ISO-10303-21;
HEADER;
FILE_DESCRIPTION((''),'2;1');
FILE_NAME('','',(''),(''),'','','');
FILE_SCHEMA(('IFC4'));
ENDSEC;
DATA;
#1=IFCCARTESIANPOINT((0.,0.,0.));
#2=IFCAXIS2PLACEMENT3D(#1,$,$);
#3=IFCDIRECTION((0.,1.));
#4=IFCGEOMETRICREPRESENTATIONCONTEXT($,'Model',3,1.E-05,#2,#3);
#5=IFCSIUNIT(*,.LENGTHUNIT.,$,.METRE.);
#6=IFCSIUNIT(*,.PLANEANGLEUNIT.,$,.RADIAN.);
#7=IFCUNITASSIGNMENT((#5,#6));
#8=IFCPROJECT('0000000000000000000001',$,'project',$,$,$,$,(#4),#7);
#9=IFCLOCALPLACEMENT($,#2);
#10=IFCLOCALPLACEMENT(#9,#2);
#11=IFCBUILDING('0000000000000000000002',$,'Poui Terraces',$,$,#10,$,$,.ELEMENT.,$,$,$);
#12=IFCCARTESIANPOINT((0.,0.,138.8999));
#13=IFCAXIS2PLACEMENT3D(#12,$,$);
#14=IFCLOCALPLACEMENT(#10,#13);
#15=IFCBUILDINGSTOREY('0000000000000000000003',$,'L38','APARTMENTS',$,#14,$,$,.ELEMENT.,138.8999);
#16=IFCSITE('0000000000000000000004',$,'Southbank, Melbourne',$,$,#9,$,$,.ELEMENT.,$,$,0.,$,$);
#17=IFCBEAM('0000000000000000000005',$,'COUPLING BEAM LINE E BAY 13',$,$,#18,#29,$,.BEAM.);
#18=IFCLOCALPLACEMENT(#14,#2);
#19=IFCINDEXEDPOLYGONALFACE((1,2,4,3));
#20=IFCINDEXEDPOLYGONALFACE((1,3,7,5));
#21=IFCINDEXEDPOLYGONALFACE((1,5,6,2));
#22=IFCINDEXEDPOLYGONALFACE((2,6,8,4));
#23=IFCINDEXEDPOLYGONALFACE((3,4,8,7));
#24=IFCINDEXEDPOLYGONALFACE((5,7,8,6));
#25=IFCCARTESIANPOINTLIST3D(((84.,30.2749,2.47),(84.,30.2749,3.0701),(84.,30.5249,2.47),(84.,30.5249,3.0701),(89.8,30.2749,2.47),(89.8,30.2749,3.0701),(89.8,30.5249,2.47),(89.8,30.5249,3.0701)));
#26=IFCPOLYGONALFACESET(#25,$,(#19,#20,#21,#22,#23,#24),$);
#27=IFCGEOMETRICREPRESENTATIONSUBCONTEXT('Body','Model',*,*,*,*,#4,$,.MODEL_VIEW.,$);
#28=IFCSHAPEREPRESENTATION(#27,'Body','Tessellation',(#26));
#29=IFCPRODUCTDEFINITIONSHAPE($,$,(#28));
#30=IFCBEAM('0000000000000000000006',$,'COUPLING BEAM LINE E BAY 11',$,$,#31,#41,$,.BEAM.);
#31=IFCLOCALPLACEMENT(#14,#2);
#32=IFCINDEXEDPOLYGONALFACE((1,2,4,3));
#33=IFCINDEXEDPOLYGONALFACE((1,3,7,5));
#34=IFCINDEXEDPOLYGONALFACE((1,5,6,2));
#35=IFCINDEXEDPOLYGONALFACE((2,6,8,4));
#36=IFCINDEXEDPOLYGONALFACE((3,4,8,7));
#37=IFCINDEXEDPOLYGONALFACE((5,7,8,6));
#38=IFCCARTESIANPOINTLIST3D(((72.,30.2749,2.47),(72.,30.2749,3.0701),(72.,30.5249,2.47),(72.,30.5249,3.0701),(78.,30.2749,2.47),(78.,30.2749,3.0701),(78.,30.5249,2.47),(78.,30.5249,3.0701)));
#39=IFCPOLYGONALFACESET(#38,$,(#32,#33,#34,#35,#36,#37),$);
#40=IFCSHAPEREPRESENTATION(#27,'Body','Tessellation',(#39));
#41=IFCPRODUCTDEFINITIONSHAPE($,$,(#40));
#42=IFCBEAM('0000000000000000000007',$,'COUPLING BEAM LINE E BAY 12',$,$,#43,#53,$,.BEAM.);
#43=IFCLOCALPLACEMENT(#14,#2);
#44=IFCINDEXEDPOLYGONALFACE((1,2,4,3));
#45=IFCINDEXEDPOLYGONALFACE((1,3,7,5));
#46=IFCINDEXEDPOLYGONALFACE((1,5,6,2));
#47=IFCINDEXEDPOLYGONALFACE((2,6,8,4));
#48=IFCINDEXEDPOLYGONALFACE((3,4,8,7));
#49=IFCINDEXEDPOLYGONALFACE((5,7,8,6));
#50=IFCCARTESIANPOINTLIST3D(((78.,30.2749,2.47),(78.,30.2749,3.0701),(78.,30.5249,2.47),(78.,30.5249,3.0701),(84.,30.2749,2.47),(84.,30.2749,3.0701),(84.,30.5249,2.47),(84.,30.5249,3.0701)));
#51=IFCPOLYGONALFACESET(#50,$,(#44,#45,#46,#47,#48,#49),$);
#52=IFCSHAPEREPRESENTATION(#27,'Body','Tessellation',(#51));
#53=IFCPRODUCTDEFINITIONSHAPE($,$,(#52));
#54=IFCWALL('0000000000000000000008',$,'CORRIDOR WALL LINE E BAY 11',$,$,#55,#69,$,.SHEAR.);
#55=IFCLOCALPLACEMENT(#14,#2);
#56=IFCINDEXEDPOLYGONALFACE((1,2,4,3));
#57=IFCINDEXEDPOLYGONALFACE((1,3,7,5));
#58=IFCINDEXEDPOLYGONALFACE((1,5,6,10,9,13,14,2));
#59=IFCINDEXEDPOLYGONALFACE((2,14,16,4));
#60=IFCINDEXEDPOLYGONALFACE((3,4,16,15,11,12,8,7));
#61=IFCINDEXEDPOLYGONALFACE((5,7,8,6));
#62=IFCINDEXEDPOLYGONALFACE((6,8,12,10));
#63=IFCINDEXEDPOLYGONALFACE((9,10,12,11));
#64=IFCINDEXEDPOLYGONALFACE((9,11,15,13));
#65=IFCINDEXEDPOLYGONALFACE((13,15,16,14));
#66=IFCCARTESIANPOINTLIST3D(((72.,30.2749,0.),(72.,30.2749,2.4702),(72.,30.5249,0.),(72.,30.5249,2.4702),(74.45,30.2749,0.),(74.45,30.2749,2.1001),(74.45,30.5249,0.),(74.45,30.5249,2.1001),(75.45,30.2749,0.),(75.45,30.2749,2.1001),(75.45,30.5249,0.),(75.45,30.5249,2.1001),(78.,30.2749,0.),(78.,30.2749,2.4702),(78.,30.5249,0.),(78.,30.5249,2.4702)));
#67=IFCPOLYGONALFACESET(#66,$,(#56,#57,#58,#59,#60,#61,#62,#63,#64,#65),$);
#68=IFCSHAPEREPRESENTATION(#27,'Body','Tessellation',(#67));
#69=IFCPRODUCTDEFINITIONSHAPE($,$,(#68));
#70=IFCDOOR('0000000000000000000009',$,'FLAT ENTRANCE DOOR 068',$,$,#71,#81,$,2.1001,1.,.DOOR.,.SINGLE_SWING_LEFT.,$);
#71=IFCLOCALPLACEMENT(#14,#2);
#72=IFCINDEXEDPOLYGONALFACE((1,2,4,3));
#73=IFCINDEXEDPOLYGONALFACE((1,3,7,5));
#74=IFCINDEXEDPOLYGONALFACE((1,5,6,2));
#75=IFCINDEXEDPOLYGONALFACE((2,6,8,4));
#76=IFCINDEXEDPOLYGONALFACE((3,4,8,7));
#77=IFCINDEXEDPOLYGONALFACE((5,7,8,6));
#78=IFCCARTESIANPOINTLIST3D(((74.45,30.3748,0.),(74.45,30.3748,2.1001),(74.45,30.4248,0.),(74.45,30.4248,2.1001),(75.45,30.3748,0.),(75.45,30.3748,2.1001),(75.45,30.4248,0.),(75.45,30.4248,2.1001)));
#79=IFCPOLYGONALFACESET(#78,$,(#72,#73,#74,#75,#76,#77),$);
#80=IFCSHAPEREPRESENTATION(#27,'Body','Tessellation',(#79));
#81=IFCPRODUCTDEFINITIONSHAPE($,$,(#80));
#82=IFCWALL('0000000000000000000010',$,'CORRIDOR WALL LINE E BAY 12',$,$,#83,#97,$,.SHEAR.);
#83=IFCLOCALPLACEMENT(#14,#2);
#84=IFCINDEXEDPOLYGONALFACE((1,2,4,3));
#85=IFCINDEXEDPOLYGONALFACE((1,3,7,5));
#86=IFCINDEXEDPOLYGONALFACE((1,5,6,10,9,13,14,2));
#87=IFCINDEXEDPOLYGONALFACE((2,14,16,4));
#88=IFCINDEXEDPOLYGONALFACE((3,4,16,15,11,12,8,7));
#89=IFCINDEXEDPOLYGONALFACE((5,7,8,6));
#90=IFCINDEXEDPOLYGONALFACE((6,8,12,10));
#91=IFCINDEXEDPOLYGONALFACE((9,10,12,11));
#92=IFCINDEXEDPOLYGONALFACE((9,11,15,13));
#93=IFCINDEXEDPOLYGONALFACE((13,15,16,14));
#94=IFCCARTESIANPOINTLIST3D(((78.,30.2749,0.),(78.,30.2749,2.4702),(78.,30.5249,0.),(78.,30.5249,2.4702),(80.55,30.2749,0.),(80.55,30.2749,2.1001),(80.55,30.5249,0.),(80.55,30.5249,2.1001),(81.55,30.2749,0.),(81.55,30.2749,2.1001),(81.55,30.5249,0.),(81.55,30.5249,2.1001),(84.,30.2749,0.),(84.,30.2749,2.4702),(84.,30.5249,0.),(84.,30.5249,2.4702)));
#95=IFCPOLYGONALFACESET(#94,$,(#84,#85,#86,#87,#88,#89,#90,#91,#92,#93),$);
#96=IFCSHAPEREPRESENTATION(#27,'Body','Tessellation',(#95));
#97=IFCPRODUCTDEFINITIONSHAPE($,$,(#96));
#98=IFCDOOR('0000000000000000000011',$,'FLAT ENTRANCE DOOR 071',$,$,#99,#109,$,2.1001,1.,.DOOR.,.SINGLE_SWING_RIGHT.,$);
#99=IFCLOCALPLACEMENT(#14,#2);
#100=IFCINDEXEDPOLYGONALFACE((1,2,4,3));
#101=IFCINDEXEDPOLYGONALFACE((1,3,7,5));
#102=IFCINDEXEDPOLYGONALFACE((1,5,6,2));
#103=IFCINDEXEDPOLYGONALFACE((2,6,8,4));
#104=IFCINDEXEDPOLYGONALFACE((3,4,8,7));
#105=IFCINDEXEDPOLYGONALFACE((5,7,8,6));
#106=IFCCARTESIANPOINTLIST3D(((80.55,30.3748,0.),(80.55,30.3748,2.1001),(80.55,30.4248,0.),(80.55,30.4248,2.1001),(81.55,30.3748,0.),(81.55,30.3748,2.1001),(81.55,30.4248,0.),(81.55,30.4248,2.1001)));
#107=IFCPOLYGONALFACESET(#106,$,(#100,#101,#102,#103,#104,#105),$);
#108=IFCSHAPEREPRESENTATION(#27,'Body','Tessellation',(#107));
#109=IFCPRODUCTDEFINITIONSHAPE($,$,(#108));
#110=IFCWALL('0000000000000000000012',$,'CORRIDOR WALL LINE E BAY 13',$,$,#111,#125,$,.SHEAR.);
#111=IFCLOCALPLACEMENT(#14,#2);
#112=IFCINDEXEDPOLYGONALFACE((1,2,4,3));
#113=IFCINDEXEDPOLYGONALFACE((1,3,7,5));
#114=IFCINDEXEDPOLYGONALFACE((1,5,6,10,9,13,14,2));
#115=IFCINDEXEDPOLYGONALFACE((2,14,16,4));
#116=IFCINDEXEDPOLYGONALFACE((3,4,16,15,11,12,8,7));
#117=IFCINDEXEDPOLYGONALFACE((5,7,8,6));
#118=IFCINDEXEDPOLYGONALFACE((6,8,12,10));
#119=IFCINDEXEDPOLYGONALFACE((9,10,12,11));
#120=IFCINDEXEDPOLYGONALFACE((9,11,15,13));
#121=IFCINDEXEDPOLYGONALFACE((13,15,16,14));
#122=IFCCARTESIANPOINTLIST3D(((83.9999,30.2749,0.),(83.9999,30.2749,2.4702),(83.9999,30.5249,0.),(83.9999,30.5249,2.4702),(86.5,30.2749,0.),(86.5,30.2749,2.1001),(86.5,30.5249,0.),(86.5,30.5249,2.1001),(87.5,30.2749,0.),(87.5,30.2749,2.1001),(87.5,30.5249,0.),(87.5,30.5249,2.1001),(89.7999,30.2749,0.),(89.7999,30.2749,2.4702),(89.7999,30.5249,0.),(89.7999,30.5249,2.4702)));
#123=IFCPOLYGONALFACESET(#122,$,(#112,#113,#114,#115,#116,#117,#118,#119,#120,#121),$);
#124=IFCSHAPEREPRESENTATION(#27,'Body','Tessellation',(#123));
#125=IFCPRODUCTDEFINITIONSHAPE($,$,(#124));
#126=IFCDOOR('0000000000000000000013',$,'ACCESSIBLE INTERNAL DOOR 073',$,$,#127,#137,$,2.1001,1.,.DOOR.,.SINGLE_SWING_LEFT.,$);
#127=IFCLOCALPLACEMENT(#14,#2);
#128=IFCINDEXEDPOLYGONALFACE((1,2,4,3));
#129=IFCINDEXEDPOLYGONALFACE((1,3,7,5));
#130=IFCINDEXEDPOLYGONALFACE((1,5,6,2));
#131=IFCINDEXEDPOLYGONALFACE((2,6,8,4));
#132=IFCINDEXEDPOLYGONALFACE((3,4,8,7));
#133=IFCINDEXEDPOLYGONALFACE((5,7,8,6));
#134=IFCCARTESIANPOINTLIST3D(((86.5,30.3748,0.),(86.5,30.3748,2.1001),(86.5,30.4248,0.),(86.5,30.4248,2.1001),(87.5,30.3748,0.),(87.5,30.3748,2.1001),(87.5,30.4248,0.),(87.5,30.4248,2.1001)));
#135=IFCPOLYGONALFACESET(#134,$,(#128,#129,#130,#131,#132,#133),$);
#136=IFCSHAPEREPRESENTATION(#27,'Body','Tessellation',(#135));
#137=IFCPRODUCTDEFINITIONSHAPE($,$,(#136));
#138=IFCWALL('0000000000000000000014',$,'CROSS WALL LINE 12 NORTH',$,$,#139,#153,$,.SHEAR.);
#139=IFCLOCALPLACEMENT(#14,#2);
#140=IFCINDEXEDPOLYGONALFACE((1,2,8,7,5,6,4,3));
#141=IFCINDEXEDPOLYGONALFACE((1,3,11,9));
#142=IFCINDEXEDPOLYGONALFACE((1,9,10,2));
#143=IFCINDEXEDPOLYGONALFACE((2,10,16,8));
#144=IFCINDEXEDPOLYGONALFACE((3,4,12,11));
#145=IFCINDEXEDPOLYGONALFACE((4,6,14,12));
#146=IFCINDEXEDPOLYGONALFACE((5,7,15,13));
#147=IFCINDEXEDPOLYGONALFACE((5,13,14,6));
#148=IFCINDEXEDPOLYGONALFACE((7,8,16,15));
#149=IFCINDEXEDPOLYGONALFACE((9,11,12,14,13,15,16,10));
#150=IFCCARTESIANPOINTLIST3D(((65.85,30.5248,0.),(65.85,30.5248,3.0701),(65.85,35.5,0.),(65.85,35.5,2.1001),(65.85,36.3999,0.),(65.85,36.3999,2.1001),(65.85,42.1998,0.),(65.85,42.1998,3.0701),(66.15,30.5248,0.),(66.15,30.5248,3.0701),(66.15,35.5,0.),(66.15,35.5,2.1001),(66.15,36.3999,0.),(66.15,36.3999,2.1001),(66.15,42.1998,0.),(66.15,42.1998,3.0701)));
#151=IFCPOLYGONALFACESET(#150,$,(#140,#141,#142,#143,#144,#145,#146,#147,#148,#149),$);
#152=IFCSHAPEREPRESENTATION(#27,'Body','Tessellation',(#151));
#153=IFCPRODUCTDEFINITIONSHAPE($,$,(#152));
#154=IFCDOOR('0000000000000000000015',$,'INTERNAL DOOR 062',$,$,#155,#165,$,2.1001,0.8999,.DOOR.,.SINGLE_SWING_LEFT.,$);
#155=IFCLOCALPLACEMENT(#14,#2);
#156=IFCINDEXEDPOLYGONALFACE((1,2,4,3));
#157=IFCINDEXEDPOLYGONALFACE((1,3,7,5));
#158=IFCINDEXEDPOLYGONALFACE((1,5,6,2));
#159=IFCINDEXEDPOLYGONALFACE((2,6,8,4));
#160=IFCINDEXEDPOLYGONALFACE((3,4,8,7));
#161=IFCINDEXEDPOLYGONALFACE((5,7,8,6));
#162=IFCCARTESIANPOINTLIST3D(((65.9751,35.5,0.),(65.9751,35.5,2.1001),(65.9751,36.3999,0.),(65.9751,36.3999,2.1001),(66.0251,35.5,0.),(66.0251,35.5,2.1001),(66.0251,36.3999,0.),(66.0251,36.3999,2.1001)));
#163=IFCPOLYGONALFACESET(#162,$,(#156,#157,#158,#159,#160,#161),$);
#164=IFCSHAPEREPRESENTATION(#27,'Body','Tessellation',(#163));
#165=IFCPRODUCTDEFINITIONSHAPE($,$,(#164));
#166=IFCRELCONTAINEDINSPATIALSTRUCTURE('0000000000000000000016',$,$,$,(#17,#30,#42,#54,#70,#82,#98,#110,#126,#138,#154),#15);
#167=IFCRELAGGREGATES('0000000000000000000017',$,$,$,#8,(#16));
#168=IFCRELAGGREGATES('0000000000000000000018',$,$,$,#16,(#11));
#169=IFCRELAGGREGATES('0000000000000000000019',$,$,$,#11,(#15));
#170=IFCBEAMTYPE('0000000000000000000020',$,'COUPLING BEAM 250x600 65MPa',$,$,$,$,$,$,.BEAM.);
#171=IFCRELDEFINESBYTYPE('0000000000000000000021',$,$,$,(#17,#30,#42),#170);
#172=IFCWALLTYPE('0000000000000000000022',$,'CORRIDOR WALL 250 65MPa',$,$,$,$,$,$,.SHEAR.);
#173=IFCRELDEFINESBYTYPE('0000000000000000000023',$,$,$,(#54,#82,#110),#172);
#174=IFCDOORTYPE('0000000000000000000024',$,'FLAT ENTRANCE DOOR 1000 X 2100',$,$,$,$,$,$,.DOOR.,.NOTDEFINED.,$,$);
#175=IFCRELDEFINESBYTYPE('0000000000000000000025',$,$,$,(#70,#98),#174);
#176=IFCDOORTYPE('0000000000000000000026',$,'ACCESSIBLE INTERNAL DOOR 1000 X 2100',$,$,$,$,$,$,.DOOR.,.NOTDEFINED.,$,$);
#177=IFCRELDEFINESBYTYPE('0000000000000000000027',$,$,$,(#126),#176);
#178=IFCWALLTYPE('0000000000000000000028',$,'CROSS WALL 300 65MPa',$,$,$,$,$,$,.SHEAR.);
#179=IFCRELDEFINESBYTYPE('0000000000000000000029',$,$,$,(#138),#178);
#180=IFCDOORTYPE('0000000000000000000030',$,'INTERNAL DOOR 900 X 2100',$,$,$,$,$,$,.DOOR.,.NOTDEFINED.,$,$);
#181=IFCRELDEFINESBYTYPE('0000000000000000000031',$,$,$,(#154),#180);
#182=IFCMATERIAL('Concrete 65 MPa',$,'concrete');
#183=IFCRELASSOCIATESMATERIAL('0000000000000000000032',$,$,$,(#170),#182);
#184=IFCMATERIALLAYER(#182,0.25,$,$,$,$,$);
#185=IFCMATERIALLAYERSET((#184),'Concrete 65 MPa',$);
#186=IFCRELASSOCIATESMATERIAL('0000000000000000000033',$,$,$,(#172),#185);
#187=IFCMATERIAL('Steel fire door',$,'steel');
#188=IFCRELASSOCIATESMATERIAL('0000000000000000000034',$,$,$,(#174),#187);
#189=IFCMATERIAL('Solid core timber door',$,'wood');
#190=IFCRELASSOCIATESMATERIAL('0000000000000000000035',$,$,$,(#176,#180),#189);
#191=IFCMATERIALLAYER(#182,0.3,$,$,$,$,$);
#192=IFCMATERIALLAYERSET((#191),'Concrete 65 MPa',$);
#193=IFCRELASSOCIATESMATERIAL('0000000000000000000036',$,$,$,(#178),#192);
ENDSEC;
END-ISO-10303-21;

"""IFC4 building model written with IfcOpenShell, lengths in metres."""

from ifc_helpers import new_model, si_unit, direction, frame, frame_2d, origin, origin_2d, place, context, subcontext, project, spatial, rectangle, extrude, source, transform, mapped, material, layer, layer_set, material_profile, profile_set, type_object, element, fill, save


model = new_model("IFC4")

# Units and contexts
model_context = context("Model", 3, precision=1e-05, world=origin(), true_north=direction((0.0, 1.0)))
body_context = subcontext(model_context, "Body", "Model", "MODEL_VIEW")
ifc_project = project(units=[si_unit("LENGTHUNIT", "METRE"), si_unit("PLANEANGLEUNIT", "RADIAN")], contexts=[model_context])

# Site, building, storey
site_placement = place(None, origin())
site = spatial("IfcSite", under=ifc_project, at=site_placement, Name="Southbank, Melbourne", CompositionType="ELEMENT", RefElevation=0.0)
building_placement = place(site_placement, origin())
building = spatial("IfcBuilding", under=site, at=building_placement, Name="Poui Terraces", CompositionType="ELEMENT")
storey_placement = place(building_placement, frame((0.0, 0.0, 138.8999)))
storey = spatial("IfcBuildingStorey", under=building, at=storey_placement, Name="L38", Description="APARTMENTS", CompositionType="ELEMENT", Elevation=138.8999)

# Beams
ifc_material_1 = material(Name="Concrete 65 MPa", Category="concrete")
ifc_material_profile = material_profile(ifc_material_1, rectangle(XDim=0.25, YDim=0.6001, at=origin_2d()), Name="RC 250x600")
ifc_profile_set = profile_set([ifc_material_profile], Name="Concrete 65 MPa")
beam_type = type_object("IfcBeamType", Name="COUPLING BEAM 250x600 65MPa", PredefinedType="BEAM", material=ifc_profile_set)
shared_shape_1 = source(origin(), body_context, "Body", "SweptSolid", [
    extrude(rectangle(XDim=0.25, YDim=0.6001, at=origin_2d()), origin(), (0.0, 0.0, 1.0), 5.8),
])
beam_placement = place(storey_placement, frame((84.0, 30.3999, 2.77), z_axis=(1.0, 0.0, 0.0), x_axis=(0.0, 1.0, 0.0)))
element("IfcBeam", 1, at=beam_placement, inside=storey, type_object=beam_type, Name="COUPLING BEAM LINE E BAY 13", PredefinedType="BEAM", context=body_context, shape_type="MappedRepresentation", body=[
    mapped(shared_shape_1, transform((0.0, 0.0, 0.0))),
])
shared_shape_2 = source(origin(), body_context, "Body", "SweptSolid", [
    extrude(rectangle(XDim=0.25, YDim=0.6001, at=origin_2d()), origin(), (0.0, 0.0, 1.0), 6.0),
])
for number, where, z_axis, x_axis, name in (
    (2, (72.0, 30.3999, 2.77), (1.0, 0.0, 0.0), (0.0, 1.0, 0.0), "COUPLING BEAM LINE E BAY 11"),
    (3, (78.0, 30.3999, 2.77), (1.0, 0.0, 0.0), (0.0, 1.0, 0.0), "COUPLING BEAM LINE E BAY 12"),
):
    element("IfcBeam", number, at=place(storey_placement, frame(where, z_axis=z_axis, x_axis=x_axis)), inside=storey, type_object=beam_type, Name=name, PredefinedType="BEAM", context=body_context, shape_type="MappedRepresentation", body=[
        mapped(shared_shape_2, transform((0.0, 0.0, 0.0))),
    ])

# Walls, openings, doors
ifc_layer_1 = layer(ifc_material_1, 0.25)
ifc_layer_set_1 = layer_set([ifc_layer_1], Name="Concrete 65 MPa")
wall_type_1 = type_object("IfcWallType", Name="CORRIDOR WALL 250 65MPa", PredefinedType="SHEAR", material=ifc_layer_set_1)
wall_1_placement = place(storey_placement, frame((72.0, 30.3999, 0.0), z_axis=(0.0, 0.0, 1.0), x_axis=(1.0, 0.0, 0.0)))
wall_1 = element("IfcWall", 4, at=wall_1_placement, inside=storey, type_object=wall_type_1, Name="CORRIDOR WALL LINE E BAY 11", PredefinedType="SHEAR", context=body_context, shape_type="SweptSolid", body=[
    extrude(rectangle(XDim=6.0, YDim=0.25, at=frame_2d((3.0, 0.0))), origin(), (0.0, 0.0, 1.0), 2.4702),
])
opening_1_placement = place(wall_1_placement, frame((2.45, 0.0, 0.0)))
opening_1 = element("IfcOpeningElement", 5, at=opening_1_placement, cuts=wall_1, PredefinedType="OPENING", context=body_context, shape_type="SweptSolid", body=[
    extrude(rectangle(XDim=1.0, YDim=2.1001, at=frame_2d((0.5, 1.05))), frame((0.0, 0.135, 0.0), z_axis=(0.0, -1.0, 0.0), x_axis=(1.0, 0.0, 0.0)), (0.0, 0.0, 1.0), 0.27),
])
ifc_material_2 = material(Name="Steel fire door", Category="steel")
door_type_1 = type_object("IfcDoorType", Name="FLAT ENTRANCE DOOR 1000 X 2100", OperationType="NOTDEFINED", PredefinedType="DOOR", material=ifc_material_2)
door_1_placement = place(opening_1_placement, origin())
door_1 = element("IfcDoor", 6, at=door_1_placement, inside=storey, type_object=door_type_1, Name="FLAT ENTRANCE DOOR 068", OperationType="SINGLE_SWING_LEFT", OverallHeight=2.1001, OverallWidth=1.0, PredefinedType="DOOR", context=body_context, shape_type="SweptSolid", body=[
    extrude(rectangle(XDim=1.0, YDim=2.1001, at=frame_2d((0.5, 1.05))), frame((0.0, 0.0249, 0.0), z_axis=(0.0, -1.0, 0.0), x_axis=(1.0, 0.0, 0.0)), (0.0, 0.0, 1.0), 0.05),
])
fill(opening_1, door_1)
wall_2_placement = place(storey_placement, frame((78.0, 30.3999, 0.0), z_axis=(0.0, 0.0, 1.0), x_axis=(1.0, 0.0, 0.0)))
wall_2 = element("IfcWall", 7, at=wall_2_placement, inside=storey, type_object=wall_type_1, Name="CORRIDOR WALL LINE E BAY 12", PredefinedType="SHEAR", context=body_context, shape_type="SweptSolid", body=[
    extrude(rectangle(XDim=6.0, YDim=0.25, at=frame_2d((3.0, 0.0))), origin(), (0.0, 0.0, 1.0), 2.4702),
])
opening_2_placement = place(wall_2_placement, frame((2.55, 0.0, 0.0)))
opening_2 = element("IfcOpeningElement", 8, at=opening_2_placement, cuts=wall_2, PredefinedType="OPENING", context=body_context, shape_type="SweptSolid", body=[
    extrude(rectangle(XDim=1.0, YDim=2.1001, at=frame_2d((0.5, 1.05))), frame((0.0, 0.135, 0.0), z_axis=(0.0, -1.0, 0.0), x_axis=(1.0, 0.0, 0.0)), (0.0, 0.0, 1.0), 0.27),
])
door_2_placement = place(opening_2_placement, origin())
door_2 = element("IfcDoor", 9, at=door_2_placement, inside=storey, type_object=door_type_1, Name="FLAT ENTRANCE DOOR 071", OperationType="SINGLE_SWING_RIGHT", OverallHeight=2.1001, OverallWidth=1.0, PredefinedType="DOOR", context=body_context, shape_type="SweptSolid", body=[
    extrude(rectangle(XDim=1.0, YDim=2.1001, at=frame_2d((0.5, 1.05))), frame((0.0, 0.0249, 0.0), z_axis=(0.0, -1.0, 0.0), x_axis=(1.0, 0.0, 0.0)), (0.0, 0.0, 1.0), 0.05),
])
fill(opening_2, door_2)
wall_3_placement = place(storey_placement, frame((84.0, 30.3999, 0.0), z_axis=(0.0, 0.0, 1.0), x_axis=(1.0, 0.0, 0.0)))
wall_3 = element("IfcWall", 10, at=wall_3_placement, inside=storey, type_object=wall_type_1, Name="CORRIDOR WALL LINE E BAY 13", PredefinedType="SHEAR", context=body_context, shape_type="SweptSolid", body=[
    extrude(rectangle(XDim=5.8, YDim=0.25, at=frame_2d((2.8999, 0.0))), origin(), (0.0, 0.0, 1.0), 2.4702),
])
opening_3_placement = place(wall_3_placement, frame((2.5, 0.0, 0.0)))
opening_3 = element("IfcOpeningElement", 11, at=opening_3_placement, cuts=wall_3, PredefinedType="OPENING", context=body_context, shape_type="SweptSolid", body=[
    extrude(rectangle(XDim=1.0, YDim=2.1001, at=frame_2d((0.5, 1.05))), frame((0.0, 0.135, 0.0), z_axis=(0.0, -1.0, 0.0), x_axis=(1.0, 0.0, 0.0)), (0.0, 0.0, 1.0), 0.27),
])
ifc_material_3 = material(Name="Solid core timber door", Category="wood")
door_type_2 = type_object("IfcDoorType", Name="ACCESSIBLE INTERNAL DOOR 1000 X 2100", OperationType="NOTDEFINED", PredefinedType="DOOR", material=ifc_material_3)
door_3_placement = place(opening_3_placement, origin())
door_3 = element("IfcDoor", 12, at=door_3_placement, inside=storey, type_object=door_type_2, Name="ACCESSIBLE INTERNAL DOOR 073", OperationType="SINGLE_SWING_LEFT", OverallHeight=2.1001, OverallWidth=1.0, PredefinedType="DOOR", context=body_context, shape_type="SweptSolid", body=[
    extrude(rectangle(XDim=1.0, YDim=2.1001, at=frame_2d((0.5, 1.05))), frame((0.0, 0.0249, 0.0), z_axis=(0.0, -1.0, 0.0), x_axis=(1.0, 0.0, 0.0)), (0.0, 0.0, 1.0), 0.05),
])
fill(opening_3, door_3)
ifc_layer_2 = layer(ifc_material_1, 0.3)
ifc_layer_set_2 = layer_set([ifc_layer_2], Name="Concrete 65 MPa")
wall_type_2 = type_object("IfcWallType", Name="CROSS WALL 300 65MPa", PredefinedType="SHEAR", material=ifc_layer_set_2)
wall_4_placement = place(storey_placement, frame((66.0, 30.5249, 0.0), z_axis=(0.0, 0.0, 1.0), x_axis=(0.0, 1.0, 0.0)))
wall_4 = element("IfcWall", 13, at=wall_4_placement, inside=storey, type_object=wall_type_2, Name="CROSS WALL LINE 12 NORTH", PredefinedType="SHEAR", context=body_context, shape_type="SweptSolid", body=[
    extrude(rectangle(XDim=11.675, YDim=0.3, at=frame_2d((5.8374, 0.0))), origin(), (0.0, 0.0, 1.0), 3.0701),
])
opening_4_placement = place(wall_4_placement, frame((4.9751, 0.0, 0.0)))
opening_4 = element("IfcOpeningElement", 14, at=opening_4_placement, cuts=wall_4, PredefinedType="OPENING", context=body_context, shape_type="SweptSolid", body=[
    extrude(rectangle(XDim=0.8999, YDim=2.1001, at=frame_2d((0.45, 1.05))), frame((0.0, 0.1602, 0.0), z_axis=(0.0, -1.0, 0.0), x_axis=(1.0, 0.0, 0.0)), (0.0, 0.0, 1.0), 0.3201),
])
door_type_3 = type_object("IfcDoorType", Name="INTERNAL DOOR 900 X 2100", OperationType="NOTDEFINED", PredefinedType="DOOR", material=ifc_material_3)
door_4_placement = place(opening_4_placement, origin())
door_4 = element("IfcDoor", 15, at=door_4_placement, inside=storey, type_object=door_type_3, Name="INTERNAL DOOR 062", OperationType="SINGLE_SWING_LEFT", OverallHeight=2.1001, OverallWidth=0.8999, PredefinedType="DOOR", context=body_context, shape_type="SweptSolid", body=[
    extrude(rectangle(XDim=0.8999, YDim=2.1001, at=frame_2d((0.45, 1.05))), frame((0.0, 0.0249, 0.0), z_axis=(0.0, -1.0, 0.0), x_axis=(1.0, 0.0, 0.0)), (0.0, 0.0, 1.0), 0.05),
])
fill(opening_4, door_4)

save(model, "model.ifc")
